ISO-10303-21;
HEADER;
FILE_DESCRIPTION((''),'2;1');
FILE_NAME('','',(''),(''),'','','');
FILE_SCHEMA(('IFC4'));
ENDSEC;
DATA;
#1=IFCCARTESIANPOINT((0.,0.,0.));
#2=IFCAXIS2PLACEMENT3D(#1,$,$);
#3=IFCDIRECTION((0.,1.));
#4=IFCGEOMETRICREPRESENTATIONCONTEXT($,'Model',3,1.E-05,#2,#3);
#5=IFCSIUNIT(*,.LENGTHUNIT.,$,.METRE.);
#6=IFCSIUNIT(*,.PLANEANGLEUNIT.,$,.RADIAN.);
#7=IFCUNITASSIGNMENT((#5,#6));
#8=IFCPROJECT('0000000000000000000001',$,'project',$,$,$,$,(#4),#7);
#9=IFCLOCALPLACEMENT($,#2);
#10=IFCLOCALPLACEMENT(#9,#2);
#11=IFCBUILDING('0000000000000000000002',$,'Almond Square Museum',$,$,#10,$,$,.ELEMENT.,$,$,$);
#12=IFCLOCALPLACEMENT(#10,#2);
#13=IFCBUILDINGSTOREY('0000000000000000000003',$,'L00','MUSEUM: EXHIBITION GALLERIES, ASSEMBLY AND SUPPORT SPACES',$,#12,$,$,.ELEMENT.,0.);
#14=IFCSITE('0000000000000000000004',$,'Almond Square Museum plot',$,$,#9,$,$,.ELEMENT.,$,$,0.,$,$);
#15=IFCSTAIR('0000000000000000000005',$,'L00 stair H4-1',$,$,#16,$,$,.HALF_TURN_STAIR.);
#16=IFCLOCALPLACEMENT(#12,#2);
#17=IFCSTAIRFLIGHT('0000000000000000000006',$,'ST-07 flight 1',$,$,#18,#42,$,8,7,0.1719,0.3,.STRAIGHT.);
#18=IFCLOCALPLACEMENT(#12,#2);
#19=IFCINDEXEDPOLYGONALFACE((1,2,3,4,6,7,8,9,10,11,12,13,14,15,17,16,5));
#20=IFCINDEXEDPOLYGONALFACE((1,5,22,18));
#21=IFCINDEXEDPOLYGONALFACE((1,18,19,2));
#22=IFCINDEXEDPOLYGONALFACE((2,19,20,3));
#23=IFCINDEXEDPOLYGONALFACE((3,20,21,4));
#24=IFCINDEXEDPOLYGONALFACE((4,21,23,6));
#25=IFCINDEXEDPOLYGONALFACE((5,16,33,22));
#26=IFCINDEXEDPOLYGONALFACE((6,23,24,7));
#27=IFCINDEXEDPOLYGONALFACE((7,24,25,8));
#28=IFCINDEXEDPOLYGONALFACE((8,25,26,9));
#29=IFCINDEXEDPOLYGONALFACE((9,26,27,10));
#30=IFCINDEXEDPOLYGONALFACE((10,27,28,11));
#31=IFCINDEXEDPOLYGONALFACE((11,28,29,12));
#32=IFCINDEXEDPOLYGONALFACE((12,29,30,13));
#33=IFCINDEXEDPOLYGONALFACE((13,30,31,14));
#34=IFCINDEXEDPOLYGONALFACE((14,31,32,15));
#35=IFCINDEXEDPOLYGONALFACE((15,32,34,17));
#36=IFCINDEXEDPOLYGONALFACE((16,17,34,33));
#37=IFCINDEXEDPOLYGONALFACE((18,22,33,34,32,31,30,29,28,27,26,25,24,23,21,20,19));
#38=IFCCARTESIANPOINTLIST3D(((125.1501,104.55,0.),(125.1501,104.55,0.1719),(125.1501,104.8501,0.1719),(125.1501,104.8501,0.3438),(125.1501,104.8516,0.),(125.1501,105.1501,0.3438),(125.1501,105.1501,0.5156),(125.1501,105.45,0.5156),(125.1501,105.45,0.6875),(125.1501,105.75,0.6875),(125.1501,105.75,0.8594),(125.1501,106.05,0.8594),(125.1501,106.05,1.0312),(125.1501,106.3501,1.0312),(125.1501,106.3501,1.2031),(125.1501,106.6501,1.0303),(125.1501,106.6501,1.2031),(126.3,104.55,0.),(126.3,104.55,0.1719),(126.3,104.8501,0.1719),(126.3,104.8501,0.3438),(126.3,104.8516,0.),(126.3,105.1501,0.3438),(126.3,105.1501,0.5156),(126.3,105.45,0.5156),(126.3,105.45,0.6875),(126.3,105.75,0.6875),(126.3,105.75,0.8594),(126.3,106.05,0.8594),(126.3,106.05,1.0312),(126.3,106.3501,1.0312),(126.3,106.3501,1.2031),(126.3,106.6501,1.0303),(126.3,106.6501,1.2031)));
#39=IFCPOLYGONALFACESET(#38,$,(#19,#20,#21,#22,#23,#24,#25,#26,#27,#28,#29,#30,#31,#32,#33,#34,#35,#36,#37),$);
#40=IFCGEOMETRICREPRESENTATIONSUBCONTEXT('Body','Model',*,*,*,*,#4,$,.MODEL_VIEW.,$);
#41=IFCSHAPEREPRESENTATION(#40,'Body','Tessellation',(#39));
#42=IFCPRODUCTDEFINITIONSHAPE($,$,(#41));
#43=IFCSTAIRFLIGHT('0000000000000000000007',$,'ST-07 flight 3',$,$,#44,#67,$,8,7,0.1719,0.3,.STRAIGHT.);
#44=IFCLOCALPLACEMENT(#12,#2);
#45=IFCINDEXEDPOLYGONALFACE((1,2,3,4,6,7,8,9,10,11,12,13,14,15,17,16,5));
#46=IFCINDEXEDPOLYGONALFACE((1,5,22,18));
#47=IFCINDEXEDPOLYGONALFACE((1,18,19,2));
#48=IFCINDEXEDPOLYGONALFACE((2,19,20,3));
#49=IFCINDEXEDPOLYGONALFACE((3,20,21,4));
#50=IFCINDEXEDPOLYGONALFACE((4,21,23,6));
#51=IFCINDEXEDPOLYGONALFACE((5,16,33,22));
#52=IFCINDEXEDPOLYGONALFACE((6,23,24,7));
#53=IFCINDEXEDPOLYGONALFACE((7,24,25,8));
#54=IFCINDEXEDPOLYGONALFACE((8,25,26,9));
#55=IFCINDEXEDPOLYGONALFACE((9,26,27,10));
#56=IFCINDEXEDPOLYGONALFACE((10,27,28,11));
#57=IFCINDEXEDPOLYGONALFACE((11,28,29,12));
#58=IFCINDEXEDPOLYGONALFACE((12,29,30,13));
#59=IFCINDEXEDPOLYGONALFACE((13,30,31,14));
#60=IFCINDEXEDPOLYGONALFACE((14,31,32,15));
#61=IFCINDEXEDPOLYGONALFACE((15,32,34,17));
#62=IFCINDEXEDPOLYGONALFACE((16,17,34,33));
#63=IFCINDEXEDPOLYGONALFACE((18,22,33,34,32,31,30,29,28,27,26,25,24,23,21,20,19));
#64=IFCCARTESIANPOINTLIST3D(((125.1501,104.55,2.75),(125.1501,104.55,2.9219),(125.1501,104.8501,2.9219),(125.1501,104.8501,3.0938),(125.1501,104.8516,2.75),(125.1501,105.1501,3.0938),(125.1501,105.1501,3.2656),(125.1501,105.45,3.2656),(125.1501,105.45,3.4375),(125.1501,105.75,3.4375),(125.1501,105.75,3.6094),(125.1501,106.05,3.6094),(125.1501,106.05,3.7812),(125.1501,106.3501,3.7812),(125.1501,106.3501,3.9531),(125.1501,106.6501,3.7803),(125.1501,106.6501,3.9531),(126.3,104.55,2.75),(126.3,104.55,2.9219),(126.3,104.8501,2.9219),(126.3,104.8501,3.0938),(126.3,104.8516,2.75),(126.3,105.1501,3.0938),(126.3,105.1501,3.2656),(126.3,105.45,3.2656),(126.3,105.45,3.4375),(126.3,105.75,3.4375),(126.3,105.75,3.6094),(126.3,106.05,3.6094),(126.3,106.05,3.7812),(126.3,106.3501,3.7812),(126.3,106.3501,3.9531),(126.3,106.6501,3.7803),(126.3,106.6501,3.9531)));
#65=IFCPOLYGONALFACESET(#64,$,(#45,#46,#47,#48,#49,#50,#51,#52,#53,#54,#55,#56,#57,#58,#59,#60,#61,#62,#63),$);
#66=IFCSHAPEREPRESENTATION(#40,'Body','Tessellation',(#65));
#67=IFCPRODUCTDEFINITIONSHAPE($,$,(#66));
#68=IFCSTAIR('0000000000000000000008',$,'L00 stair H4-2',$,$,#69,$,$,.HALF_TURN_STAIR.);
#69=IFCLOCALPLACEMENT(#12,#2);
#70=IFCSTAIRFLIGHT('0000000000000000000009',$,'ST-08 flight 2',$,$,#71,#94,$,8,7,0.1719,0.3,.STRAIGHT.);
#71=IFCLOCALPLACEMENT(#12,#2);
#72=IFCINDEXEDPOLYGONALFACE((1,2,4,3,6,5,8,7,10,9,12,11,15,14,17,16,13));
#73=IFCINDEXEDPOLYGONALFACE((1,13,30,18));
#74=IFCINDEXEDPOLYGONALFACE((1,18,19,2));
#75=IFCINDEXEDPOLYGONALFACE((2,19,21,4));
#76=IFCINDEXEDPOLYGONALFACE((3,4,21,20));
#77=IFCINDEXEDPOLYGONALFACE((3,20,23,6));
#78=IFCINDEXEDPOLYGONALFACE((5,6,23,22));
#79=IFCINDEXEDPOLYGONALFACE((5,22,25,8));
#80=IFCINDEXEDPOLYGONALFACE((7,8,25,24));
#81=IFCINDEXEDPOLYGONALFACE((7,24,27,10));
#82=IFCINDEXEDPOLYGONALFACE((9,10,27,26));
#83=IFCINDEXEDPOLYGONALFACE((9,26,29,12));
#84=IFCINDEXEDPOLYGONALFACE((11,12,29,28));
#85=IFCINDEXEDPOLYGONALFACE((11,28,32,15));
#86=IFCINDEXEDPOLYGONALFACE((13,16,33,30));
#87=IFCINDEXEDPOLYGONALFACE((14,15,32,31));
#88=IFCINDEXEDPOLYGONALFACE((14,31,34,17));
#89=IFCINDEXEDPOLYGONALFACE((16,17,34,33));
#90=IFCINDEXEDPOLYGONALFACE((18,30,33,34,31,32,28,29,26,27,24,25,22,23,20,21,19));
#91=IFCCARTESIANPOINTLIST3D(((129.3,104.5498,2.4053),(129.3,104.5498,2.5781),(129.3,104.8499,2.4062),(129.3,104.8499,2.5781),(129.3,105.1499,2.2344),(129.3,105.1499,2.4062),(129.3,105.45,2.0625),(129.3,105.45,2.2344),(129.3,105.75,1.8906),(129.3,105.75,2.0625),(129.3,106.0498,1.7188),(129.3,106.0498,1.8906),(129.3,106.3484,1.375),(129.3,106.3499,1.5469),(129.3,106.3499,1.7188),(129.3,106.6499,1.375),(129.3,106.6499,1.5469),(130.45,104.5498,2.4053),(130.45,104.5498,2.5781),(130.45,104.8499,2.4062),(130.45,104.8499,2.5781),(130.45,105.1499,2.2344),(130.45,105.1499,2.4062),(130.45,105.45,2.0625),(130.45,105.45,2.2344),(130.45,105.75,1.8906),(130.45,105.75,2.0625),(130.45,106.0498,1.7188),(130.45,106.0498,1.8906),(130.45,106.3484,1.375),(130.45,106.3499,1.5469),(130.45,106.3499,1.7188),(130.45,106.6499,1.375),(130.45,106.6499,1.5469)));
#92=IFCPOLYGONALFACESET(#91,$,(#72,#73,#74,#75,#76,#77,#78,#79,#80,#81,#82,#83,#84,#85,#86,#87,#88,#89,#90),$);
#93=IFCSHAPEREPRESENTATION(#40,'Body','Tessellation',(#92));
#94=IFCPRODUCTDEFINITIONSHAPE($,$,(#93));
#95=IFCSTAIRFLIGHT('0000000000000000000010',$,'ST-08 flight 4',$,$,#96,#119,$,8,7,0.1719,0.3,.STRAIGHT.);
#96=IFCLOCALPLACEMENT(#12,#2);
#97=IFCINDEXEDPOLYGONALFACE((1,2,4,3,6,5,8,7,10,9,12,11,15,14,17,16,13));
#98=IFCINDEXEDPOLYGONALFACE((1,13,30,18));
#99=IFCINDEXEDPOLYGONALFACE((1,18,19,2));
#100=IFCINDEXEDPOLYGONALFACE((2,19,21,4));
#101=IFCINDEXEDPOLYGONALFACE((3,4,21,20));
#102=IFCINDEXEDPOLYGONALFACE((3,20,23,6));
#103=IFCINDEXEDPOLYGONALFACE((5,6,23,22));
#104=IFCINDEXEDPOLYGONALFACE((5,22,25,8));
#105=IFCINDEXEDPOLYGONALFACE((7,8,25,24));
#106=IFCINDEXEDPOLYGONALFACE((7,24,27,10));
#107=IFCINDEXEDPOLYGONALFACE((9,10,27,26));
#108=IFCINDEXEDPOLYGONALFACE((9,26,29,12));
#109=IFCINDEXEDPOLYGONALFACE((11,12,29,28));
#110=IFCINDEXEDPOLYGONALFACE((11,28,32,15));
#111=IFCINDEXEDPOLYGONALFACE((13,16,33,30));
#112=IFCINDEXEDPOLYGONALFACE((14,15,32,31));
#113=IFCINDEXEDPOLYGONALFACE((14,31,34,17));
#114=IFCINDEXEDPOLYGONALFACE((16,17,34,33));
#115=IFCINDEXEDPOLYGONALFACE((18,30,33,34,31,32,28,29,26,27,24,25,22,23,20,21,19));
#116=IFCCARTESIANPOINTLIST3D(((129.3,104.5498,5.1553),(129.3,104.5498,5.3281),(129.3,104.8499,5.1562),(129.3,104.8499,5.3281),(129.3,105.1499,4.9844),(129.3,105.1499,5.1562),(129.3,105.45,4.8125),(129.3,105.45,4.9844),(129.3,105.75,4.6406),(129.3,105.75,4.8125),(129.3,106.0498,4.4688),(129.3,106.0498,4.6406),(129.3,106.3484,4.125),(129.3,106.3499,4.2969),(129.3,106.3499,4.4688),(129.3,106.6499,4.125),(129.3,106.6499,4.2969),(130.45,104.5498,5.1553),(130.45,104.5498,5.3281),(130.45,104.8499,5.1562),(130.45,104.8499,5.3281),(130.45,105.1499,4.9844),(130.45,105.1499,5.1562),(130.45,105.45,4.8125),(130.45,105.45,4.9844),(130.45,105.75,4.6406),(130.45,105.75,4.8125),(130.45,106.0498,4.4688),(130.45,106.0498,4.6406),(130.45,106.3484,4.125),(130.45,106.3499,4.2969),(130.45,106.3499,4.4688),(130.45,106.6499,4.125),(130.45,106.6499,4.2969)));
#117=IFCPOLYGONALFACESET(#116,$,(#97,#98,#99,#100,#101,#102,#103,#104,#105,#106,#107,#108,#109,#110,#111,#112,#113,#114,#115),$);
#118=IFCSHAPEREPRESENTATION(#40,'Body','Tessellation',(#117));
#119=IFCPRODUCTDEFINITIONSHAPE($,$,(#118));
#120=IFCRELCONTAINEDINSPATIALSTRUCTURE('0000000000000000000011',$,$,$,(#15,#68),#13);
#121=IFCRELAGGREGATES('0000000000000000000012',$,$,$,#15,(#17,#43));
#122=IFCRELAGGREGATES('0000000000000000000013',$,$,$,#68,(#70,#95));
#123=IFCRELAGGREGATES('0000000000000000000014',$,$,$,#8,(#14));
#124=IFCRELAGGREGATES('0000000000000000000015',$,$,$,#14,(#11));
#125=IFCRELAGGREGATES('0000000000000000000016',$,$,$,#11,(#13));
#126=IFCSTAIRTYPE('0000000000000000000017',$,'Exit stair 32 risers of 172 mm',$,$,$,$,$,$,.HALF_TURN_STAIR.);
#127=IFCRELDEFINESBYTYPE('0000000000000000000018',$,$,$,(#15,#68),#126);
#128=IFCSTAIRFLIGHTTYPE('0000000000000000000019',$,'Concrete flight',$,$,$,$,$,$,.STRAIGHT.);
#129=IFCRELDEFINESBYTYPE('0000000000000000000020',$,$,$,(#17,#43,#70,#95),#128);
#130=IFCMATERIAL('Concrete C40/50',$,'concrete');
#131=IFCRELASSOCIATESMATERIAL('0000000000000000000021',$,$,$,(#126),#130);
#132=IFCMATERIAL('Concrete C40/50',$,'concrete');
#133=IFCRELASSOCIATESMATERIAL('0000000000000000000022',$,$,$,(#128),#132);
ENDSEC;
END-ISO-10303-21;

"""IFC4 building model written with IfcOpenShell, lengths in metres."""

from ifc_helpers import new_model, si_unit, direction, frame, origin, place, context, subcontext, project, spatial, polyline, outline, extrude, material, type_object, element, aggregate, save


model = new_model("IFC4")

# Units and contexts
model_context = context("Model", 3, precision=1e-05, world=origin(), true_north=direction((0.0, 1.0)))
body_context = subcontext(model_context, "Body", "Model", "MODEL_VIEW")
ifc_project = project(units=[si_unit("LENGTHUNIT", "METRE"), si_unit("PLANEANGLEUNIT", "RADIAN")], contexts=[model_context])

# Site, building, storey
site_placement = place(None, origin())
site = spatial("IfcSite", under=ifc_project, at=site_placement, Name="Almond Square Museum plot", CompositionType="ELEMENT", RefElevation=0.0)
building_placement = place(site_placement, origin())
building = spatial("IfcBuilding", under=site, at=building_placement, Name="Almond Square Museum", CompositionType="ELEMENT")
storey_placement = place(building_placement, origin())
storey = spatial("IfcBuildingStorey", under=building, at=storey_placement, Name="L00", Description="MUSEUM: EXHIBITION GALLERIES, ASSEMBLY AND SUPPORT SPACES", CompositionType="ELEMENT", Elevation=0.0)

# Stairs, stair flights
ifc_material_1 = material(Name="Concrete C40/50", Category="concrete")
stair_type = type_object("IfcStairType", Name="Exit stair 32 risers of 172 mm", PredefinedType="HALF_TURN_STAIR", material=ifc_material_1)
stair_1_placement = place(storey_placement, origin())
stair_1 = element("IfcStair", 1, at=stair_1_placement, inside=storey, type_object=stair_type, Name="L00 stair H4-1", PredefinedType="HALF_TURN_STAIR")
ifc_material_2 = material(Name="Concrete C40/50", Category="concrete")
stair_flight_type = type_object("IfcStairFlightType", Name="Concrete flight", PredefinedType="STRAIGHT", material=ifc_material_2)
stair_flight_1_placement = place(storey_placement, frame((125.7251, 104.55, 0.0), z_axis=(0.0, 0.0, 1.0), x_axis=(0.0, 1.0, 0.0)))
stair_flight_1 = element("IfcStairFlight", 2, at=stair_flight_1_placement, type_object=stair_flight_type, Name="ST-07 flight 1", NumberOfRisers=8, NumberOfTreads=7, PredefinedType="STRAIGHT", RiserHeight=0.1719, TreadLength=0.3, context=body_context, shape_type="SweptSolid", body=[
    extrude(outline(polyline([(0.0, 0.0), (0.0, 0.1719), (0.3, 0.1719), (0.3, 0.3438), (0.6001, 0.3438), (0.6001, 0.5156), (0.8999, 0.5156), (0.8999, 0.6875), (1.2, 0.6875), (1.2, 0.8594), (1.5, 0.8594), (1.5, 1.0312), (1.8, 1.0312), (1.8, 1.2031), (2.1001, 1.2031), (2.1001, 1.375), (2.1001, 1.0303), (0.3015, 0.0), (0.0, 0.0)])), frame((0.0, 0.575, 0.0), z_axis=(0.0, -1.0, 0.0), x_axis=(1.0, 0.0, 0.0)), (0.0, 0.0, 1.0), 1.1499),
])
stair_flight_2_placement = place(storey_placement, frame((125.7251, 104.55, 2.75), z_axis=(0.0, 0.0, 1.0), x_axis=(0.0, 1.0, 0.0)))
stair_flight_2 = element("IfcStairFlight", 3, at=stair_flight_2_placement, type_object=stair_flight_type, Name="ST-07 flight 3", NumberOfRisers=8, NumberOfTreads=7, PredefinedType="STRAIGHT", RiserHeight=0.1719, TreadLength=0.3, context=body_context, shape_type="SweptSolid", body=[
    extrude(outline(polyline([(0.0, 0.0), (0.0, 0.1719), (0.3, 0.1719), (0.3, 0.3438), (0.6001, 0.3438), (0.6001, 0.5156), (0.8999, 0.5156), (0.8999, 0.6875), (1.2, 0.6875), (1.2, 0.8594), (1.5, 0.8594), (1.5, 1.0312), (1.8, 1.0312), (1.8, 1.2031), (2.1001, 1.2031), (2.1001, 1.375), (2.1001, 1.0303), (0.3015, 0.0), (0.0, 0.0)])), frame((0.0, 0.575, 0.0), z_axis=(0.0, -1.0, 0.0), x_axis=(1.0, 0.0, 0.0)), (0.0, 0.0, 1.0), 1.1499),
])
aggregate(stair_1, [stair_flight_1, stair_flight_2])
stair_2_placement = place(storey_placement, origin())
stair_2 = element("IfcStair", 4, at=stair_2_placement, inside=storey, type_object=stair_type, Name="L00 stair H4-2", PredefinedType="HALF_TURN_STAIR")
stair_flight_3_placement = place(storey_placement, frame((129.875, 106.6499, 1.375), z_axis=(0.0, 0.0, 1.0), x_axis=(0.0, -1.0, 0.0)))
stair_flight_3 = element("IfcStairFlight", 5, at=stair_flight_3_placement, type_object=stair_flight_type, Name="ST-08 flight 2", NumberOfRisers=8, NumberOfTreads=7, PredefinedType="STRAIGHT", RiserHeight=0.1719, TreadLength=0.3, context=body_context, shape_type="SweptSolid", body=[
    extrude(outline(polyline([(0.0, 0.0), (0.0, 0.1719), (0.3, 0.1719), (0.3, 0.3438), (0.6001, 0.3438), (0.6001, 0.5156), (0.8999, 0.5156), (0.8999, 0.6875), (1.2, 0.6875), (1.2, 0.8594), (1.5, 0.8594), (1.5, 1.0312), (1.8, 1.0312), (1.8, 1.2031), (2.1001, 1.2031), (2.1001, 1.375), (2.1001, 1.0303), (0.3015, 0.0), (0.0, 0.0)])), frame((0.0, 0.575, 0.0), z_axis=(0.0, -1.0, 0.0), x_axis=(1.0, 0.0, 0.0)), (0.0, 0.0, 1.0), 1.1499),
])
stair_flight_4_placement = place(storey_placement, frame((129.875, 106.6499, 4.125), z_axis=(0.0, 0.0, 1.0), x_axis=(0.0, -1.0, 0.0)))
stair_flight_4 = element("IfcStairFlight", 6, at=stair_flight_4_placement, type_object=stair_flight_type, Name="ST-08 flight 4", NumberOfRisers=8, NumberOfTreads=7, PredefinedType="STRAIGHT", RiserHeight=0.1719, TreadLength=0.3, context=body_context, shape_type="SweptSolid", body=[
    extrude(outline(polyline([(0.0, 0.0), (0.0, 0.1719), (0.3, 0.1719), (0.3, 0.3438), (0.6001, 0.3438), (0.6001, 0.5156), (0.8999, 0.5156), (0.8999, 0.6875), (1.2, 0.6875), (1.2, 0.8594), (1.5, 0.8594), (1.5, 1.0312), (1.8, 1.0312), (1.8, 1.2031), (2.1001, 1.2031), (2.1001, 1.375), (2.1001, 1.0303), (0.3015, 0.0), (0.0, 0.0)])), frame((0.0, 0.575, 0.0), z_axis=(0.0, -1.0, 0.0), x_axis=(1.0, 0.0, 0.0)), (0.0, 0.0, 1.0), 1.1499),
])
aggregate(stair_2, [stair_flight_3, stair_flight_4])

save(model, "model.ifc")
